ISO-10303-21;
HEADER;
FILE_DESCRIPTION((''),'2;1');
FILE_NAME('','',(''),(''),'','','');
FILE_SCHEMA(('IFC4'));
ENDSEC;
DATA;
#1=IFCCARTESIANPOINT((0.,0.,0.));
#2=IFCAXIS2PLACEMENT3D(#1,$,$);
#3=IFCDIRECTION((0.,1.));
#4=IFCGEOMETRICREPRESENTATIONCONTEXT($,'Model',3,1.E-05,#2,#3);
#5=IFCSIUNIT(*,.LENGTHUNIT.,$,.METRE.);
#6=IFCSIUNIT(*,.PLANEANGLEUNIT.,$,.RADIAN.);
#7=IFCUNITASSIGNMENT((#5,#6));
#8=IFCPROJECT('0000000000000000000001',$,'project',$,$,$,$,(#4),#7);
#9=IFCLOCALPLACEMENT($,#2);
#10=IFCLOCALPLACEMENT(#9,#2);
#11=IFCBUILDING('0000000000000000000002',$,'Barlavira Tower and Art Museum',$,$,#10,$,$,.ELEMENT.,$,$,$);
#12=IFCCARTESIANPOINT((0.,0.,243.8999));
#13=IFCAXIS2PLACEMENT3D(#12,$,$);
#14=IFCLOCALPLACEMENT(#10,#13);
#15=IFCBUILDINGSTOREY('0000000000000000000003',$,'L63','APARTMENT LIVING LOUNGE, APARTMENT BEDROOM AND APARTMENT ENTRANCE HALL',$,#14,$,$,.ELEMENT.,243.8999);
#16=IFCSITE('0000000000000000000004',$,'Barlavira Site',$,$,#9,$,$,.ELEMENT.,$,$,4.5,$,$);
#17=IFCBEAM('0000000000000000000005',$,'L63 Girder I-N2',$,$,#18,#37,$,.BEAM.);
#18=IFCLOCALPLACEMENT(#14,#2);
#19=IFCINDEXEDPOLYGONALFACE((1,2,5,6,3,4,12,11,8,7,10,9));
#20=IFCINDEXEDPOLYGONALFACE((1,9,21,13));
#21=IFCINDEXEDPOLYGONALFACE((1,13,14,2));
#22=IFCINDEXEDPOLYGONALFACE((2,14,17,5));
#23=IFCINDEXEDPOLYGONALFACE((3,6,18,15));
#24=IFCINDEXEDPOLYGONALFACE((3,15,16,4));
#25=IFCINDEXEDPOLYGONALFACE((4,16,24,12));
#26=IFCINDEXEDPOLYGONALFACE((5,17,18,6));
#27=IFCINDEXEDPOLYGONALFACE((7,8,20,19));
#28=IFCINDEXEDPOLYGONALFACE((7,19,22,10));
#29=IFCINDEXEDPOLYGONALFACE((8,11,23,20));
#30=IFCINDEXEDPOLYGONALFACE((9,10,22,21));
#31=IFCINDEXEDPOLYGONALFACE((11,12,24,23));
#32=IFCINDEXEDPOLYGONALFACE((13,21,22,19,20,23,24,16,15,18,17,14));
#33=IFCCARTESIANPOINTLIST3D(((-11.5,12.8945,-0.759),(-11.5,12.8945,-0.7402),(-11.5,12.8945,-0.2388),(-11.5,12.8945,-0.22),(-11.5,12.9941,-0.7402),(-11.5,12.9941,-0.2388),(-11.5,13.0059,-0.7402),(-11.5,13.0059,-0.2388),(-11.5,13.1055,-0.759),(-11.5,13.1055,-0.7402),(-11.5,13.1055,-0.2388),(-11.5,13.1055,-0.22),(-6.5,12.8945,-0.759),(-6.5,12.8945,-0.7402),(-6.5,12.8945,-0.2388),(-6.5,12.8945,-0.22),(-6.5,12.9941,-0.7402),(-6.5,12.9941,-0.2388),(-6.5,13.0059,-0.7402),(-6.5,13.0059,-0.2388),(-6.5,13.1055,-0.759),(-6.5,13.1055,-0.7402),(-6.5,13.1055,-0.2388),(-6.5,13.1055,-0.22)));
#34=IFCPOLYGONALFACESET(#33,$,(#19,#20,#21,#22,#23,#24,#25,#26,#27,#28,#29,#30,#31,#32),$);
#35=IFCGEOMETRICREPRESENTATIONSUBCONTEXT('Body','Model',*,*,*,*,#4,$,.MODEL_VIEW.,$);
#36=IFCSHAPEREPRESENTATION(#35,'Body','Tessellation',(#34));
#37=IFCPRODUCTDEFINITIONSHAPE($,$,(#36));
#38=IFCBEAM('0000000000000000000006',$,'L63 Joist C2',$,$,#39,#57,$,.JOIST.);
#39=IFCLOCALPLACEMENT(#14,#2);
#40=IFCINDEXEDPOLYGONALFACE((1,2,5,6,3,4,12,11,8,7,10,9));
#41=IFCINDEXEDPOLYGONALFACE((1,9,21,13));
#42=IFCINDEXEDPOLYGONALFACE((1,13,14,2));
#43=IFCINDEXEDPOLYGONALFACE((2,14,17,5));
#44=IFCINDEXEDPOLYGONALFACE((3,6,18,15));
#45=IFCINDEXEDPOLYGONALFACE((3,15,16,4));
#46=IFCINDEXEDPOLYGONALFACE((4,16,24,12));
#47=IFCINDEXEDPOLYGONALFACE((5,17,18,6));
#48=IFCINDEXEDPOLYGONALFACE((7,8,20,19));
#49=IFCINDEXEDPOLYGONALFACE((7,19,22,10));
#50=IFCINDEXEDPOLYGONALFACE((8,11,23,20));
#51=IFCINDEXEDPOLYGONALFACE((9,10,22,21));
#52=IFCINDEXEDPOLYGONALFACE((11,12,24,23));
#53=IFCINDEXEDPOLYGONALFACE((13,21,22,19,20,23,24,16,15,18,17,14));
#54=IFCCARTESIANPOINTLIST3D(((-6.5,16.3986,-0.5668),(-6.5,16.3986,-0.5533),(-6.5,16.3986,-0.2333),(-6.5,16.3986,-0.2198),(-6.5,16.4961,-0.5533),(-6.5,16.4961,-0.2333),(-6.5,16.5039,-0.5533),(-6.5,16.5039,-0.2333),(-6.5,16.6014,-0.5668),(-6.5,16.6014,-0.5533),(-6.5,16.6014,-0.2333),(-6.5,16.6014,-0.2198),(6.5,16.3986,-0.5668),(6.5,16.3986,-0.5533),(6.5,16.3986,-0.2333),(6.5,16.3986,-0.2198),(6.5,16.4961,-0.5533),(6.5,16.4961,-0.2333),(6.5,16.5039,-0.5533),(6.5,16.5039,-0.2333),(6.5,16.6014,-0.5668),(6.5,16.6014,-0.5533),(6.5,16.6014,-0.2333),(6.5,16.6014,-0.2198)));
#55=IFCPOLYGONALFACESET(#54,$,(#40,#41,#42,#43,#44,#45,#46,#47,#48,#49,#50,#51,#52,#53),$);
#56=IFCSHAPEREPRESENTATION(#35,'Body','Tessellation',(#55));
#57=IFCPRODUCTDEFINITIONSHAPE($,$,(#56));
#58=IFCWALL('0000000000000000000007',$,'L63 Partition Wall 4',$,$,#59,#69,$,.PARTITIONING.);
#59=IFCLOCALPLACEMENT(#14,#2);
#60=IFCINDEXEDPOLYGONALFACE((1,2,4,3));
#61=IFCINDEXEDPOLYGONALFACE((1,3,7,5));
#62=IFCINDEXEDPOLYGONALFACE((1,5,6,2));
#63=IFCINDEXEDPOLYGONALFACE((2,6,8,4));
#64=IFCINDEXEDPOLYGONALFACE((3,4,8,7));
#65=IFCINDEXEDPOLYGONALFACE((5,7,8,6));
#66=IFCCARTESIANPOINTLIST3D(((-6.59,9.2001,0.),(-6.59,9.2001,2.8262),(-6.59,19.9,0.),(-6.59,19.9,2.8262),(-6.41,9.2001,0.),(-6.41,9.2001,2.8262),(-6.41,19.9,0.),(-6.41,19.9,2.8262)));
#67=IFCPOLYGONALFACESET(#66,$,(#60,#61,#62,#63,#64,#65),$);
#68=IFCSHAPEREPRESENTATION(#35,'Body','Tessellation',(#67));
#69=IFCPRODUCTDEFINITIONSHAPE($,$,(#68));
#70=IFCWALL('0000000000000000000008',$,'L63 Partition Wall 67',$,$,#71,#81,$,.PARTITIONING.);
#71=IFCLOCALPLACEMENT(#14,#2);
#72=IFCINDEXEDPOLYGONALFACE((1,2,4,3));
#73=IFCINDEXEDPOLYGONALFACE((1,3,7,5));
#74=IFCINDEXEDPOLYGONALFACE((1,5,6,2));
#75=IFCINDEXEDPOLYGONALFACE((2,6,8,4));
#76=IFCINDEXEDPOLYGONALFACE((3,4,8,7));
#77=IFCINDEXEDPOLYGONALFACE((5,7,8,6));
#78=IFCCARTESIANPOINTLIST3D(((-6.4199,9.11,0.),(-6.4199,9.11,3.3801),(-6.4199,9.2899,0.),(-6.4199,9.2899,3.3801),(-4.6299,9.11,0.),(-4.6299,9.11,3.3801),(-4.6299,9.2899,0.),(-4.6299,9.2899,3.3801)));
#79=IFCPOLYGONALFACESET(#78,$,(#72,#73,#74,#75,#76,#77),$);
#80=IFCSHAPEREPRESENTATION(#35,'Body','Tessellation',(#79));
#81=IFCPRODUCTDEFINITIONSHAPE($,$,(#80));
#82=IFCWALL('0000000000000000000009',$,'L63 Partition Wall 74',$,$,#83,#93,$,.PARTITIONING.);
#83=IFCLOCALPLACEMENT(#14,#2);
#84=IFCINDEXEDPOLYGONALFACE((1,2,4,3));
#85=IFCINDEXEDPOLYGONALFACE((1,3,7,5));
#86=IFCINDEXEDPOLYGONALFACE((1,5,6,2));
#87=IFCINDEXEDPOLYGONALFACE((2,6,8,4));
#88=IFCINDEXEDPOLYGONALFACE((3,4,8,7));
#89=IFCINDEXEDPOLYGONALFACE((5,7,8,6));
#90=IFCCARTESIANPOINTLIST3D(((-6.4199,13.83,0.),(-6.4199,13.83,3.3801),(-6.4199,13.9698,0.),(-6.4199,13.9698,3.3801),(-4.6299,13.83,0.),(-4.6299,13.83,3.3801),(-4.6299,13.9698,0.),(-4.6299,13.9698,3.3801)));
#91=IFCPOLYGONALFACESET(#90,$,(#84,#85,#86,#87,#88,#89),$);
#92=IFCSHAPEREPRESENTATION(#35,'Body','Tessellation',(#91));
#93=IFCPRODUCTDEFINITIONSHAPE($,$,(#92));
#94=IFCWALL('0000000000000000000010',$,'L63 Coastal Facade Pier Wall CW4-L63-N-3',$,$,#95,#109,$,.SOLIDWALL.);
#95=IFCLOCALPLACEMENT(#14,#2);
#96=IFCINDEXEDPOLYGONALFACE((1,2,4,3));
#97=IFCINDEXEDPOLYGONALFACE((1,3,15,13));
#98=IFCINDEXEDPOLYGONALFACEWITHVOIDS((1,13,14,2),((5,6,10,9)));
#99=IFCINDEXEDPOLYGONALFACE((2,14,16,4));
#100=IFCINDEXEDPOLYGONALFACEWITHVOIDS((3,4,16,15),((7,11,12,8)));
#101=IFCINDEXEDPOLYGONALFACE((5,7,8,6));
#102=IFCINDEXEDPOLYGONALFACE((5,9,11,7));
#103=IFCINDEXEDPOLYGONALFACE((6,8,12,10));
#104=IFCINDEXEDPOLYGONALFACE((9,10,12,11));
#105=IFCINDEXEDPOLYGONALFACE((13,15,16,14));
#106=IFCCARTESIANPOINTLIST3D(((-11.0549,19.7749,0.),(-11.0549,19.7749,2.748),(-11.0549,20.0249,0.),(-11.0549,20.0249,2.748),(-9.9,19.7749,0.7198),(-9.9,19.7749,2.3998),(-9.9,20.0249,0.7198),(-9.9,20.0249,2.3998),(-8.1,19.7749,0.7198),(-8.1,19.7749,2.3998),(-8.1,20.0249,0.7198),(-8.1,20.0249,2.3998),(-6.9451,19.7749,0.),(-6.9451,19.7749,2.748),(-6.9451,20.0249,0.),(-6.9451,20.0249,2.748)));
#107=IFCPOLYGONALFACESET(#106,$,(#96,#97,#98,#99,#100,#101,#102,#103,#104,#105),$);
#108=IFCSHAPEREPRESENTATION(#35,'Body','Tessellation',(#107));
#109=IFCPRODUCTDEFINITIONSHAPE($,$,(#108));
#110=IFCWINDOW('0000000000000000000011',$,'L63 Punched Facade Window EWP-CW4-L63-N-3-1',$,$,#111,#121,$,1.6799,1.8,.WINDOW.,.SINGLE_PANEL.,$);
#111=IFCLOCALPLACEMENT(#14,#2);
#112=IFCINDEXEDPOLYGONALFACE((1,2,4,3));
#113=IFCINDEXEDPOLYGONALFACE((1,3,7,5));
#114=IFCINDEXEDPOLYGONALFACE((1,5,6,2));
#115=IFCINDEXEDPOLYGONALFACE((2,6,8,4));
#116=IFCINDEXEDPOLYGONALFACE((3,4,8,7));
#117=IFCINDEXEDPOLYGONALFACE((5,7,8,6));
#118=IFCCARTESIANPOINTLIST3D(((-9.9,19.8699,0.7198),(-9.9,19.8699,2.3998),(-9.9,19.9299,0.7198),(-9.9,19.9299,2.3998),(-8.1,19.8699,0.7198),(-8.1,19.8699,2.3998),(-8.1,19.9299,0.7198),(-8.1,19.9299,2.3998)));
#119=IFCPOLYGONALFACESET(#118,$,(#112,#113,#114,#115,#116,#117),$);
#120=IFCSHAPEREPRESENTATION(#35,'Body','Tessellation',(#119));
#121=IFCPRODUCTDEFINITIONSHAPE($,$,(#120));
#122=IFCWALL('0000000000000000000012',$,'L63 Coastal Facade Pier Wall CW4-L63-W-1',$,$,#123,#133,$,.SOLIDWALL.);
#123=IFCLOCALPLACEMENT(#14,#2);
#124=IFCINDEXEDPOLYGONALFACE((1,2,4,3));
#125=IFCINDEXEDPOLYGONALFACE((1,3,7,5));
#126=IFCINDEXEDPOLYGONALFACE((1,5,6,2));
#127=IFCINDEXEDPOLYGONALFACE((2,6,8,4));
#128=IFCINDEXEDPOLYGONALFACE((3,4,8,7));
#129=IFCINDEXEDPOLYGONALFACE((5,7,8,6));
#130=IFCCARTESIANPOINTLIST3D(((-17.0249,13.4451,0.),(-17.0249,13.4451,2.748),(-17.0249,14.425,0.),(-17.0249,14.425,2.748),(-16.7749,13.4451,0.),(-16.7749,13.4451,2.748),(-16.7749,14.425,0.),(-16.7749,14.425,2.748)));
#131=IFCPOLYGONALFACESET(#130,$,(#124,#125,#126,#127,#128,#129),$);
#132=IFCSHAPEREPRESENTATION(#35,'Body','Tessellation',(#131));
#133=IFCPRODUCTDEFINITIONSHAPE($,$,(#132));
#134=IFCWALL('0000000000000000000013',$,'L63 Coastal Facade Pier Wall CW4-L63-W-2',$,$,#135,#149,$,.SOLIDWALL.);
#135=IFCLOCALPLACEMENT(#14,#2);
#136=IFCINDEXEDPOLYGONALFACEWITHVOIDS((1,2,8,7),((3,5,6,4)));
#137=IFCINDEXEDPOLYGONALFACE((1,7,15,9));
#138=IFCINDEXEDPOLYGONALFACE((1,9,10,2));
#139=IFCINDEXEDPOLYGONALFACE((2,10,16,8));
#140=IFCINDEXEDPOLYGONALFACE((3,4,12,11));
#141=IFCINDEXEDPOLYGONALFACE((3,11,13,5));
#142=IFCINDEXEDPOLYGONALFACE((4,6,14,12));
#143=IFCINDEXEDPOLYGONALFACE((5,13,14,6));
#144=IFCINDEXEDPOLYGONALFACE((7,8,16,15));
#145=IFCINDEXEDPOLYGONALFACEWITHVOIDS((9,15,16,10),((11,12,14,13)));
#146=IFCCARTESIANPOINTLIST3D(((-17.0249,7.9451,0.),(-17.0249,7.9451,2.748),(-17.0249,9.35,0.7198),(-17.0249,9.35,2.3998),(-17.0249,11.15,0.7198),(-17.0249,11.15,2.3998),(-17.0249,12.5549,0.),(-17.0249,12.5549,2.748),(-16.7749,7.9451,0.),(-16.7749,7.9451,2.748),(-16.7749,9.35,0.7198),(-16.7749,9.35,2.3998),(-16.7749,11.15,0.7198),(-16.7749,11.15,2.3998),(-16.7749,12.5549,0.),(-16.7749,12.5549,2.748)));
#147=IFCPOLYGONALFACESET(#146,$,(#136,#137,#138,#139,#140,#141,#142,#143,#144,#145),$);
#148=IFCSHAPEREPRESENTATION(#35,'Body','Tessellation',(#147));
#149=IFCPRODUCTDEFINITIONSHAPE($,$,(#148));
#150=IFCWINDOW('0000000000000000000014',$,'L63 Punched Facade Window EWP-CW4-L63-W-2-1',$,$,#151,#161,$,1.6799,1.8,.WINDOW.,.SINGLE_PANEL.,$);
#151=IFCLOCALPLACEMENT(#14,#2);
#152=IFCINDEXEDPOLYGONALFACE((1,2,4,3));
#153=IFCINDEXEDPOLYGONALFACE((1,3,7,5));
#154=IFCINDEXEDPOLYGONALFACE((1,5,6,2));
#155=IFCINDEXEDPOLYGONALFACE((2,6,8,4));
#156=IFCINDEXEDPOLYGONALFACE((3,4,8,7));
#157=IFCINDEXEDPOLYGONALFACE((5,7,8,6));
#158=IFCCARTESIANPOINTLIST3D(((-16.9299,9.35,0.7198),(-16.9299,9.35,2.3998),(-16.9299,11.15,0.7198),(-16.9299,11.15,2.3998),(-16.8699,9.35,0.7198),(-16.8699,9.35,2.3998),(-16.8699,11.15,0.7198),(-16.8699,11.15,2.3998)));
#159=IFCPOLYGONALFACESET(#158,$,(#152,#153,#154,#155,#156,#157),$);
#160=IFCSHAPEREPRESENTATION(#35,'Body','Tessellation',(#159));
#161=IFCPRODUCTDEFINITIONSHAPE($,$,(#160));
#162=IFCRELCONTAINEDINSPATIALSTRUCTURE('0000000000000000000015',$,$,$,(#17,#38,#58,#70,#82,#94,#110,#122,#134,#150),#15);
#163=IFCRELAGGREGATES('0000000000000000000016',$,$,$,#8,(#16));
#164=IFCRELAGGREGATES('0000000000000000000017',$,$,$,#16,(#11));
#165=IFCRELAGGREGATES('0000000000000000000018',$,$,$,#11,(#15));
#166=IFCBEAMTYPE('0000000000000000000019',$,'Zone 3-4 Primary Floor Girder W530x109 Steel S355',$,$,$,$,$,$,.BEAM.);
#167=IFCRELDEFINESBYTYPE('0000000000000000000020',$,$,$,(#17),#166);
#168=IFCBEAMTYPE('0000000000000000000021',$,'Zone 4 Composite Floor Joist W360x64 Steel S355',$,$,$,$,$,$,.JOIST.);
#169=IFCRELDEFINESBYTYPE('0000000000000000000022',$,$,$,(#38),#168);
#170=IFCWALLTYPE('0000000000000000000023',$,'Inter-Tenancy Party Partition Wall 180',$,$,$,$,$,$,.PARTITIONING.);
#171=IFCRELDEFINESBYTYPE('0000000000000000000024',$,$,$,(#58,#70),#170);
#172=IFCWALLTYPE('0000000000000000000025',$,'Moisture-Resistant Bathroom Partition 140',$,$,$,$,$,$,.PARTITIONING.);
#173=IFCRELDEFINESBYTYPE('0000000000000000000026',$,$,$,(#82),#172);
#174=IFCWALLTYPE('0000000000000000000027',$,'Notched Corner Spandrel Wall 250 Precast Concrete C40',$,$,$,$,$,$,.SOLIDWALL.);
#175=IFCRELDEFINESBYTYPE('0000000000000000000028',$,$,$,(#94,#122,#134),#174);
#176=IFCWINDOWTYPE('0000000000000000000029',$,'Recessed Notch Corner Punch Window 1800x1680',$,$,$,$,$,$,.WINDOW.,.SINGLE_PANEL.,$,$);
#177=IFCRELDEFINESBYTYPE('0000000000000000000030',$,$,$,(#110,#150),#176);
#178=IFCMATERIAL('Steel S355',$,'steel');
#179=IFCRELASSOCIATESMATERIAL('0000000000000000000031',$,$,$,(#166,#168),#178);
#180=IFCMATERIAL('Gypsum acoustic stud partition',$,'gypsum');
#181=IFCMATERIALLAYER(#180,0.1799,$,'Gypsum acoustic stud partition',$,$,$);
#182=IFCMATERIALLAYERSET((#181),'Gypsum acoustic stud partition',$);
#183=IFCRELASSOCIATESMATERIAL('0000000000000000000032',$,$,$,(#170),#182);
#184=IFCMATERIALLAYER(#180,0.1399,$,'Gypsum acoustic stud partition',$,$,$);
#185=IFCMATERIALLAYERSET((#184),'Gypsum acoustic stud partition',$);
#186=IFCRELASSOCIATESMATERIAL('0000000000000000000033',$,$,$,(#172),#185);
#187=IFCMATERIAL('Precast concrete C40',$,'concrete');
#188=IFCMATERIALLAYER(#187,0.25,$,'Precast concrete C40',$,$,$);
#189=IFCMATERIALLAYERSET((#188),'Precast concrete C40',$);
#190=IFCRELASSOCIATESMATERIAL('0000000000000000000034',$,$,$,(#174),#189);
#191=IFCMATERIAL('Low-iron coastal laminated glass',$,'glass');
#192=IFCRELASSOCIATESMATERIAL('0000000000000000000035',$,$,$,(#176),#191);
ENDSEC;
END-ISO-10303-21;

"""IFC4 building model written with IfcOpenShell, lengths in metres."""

from ifc_helpers import new_model, si_unit, direction, frame, frame_2d, origin, origin_2d, place, context, subcontext, project, spatial, rectangle, i_section, extrude, material, layer, layer_set, material_profile, profile_set, type_object, element, fill, save


model = new_model("IFC4")

# Units and contexts
model_context = context("Model", 3, precision=1e-05, world=origin(), true_north=direction((0.0, 1.0)))
body_context = subcontext(model_context, "Body", "Model", "MODEL_VIEW")
ifc_project = project(units=[si_unit("LENGTHUNIT", "METRE"), si_unit("PLANEANGLEUNIT", "RADIAN")], contexts=[model_context])

# Site, building, storey
site_placement = place(None, origin())
site = spatial("IfcSite", under=ifc_project, at=site_placement, Name="Barlavira Site", CompositionType="ELEMENT", RefElevation=4.5)
building_placement = place(site_placement, origin())
building = spatial("IfcBuilding", under=site, at=building_placement, Name="Barlavira Tower and Art Museum", CompositionType="ELEMENT")
storey_placement = place(building_placement, frame((0.0, 0.0, 243.8999)))
storey = spatial("IfcBuildingStorey", under=building, at=storey_placement, Name="L63", Description="APARTMENT LIVING LOUNGE, APARTMENT BEDROOM AND APARTMENT ENTRANCE HALL", CompositionType="ELEMENT", Elevation=243.8999)

# Shared definitions
ifc_material_1 = material(Name="Low-iron coastal laminated glass", Category="glass")

# Beams
ifc_material_2 = material(Name="Steel S355", Category="steel")
ifc_material_profile_1 = material_profile(ifc_material_2, i_section(OverallWidth=0.2109, OverallDepth=0.5391, WebThickness=0.0117, FlangeThickness=0.0188, at=origin_2d()), Name="W530x109.0")
ifc_profile_set_1 = profile_set([ifc_material_profile_1], Name="Steel S355")
beam_type_1 = type_object("IfcBeamType", Name="Zone 3-4 Primary Floor Girder W530x109 Steel S355", PredefinedType="BEAM", material=ifc_profile_set_1)
beam_1_placement = place(storey_placement, frame((-11.5, 13.0, -0.4895), z_axis=(1.0, 0.0, 0.0), x_axis=(0.0, 1.0, 0.0)))
element("IfcBeam", 1, at=beam_1_placement, inside=storey, type_object=beam_type_1, Name="L63 Girder I-N2", PredefinedType="BEAM", context=body_context, shape_type="SweptSolid", body=[
    extrude(i_section(OverallWidth=0.2109, OverallDepth=0.5391, WebThickness=0.0117, FlangeThickness=0.0188, at=origin_2d()), origin(), (0.0, 0.0, 1.0), 5.0),
])
ifc_material_profile_2 = material_profile(ifc_material_2, i_section(OverallWidth=0.2029, OverallDepth=0.3469, WebThickness=0.0078, FlangeThickness=0.0134, at=origin_2d()), Name="W360x64.0")
ifc_profile_set_2 = profile_set([ifc_material_profile_2], Name="Steel S355")
beam_type_2 = type_object("IfcBeamType", Name="Zone 4 Composite Floor Joist W360x64 Steel S355", PredefinedType="JOIST", material=ifc_profile_set_2)
beam_2_placement = place(storey_placement, frame((-6.5, 16.5, -0.3933), z_axis=(1.0, 0.0, 0.0), x_axis=(0.0, 1.0, 0.0)))
element("IfcBeam", 2, at=beam_2_placement, inside=storey, type_object=beam_type_2, Name="L63 Joist C2", PredefinedType="JOIST", context=body_context, shape_type="SweptSolid", body=[
    extrude(i_section(OverallWidth=0.2029, OverallDepth=0.3469, WebThickness=0.0078, FlangeThickness=0.0134, at=origin_2d()), origin(), (0.0, 0.0, 1.0), 13.0),
])

# Walls
ifc_material_3 = material(Name="Gypsum acoustic stud partition", Category="gypsum")
ifc_layer_1 = layer(ifc_material_3, 0.1799, Name="Gypsum acoustic stud partition")
ifc_layer_set_1 = layer_set([ifc_layer_1], Name="Gypsum acoustic stud partition")
wall_type_1 = type_object("IfcWallType", Name="Inter-Tenancy Party Partition Wall 180", PredefinedType="PARTITIONING", material=ifc_layer_set_1)
wall_1_placement = place(storey_placement, frame((-6.5, 9.2, 0.0), z_axis=(0.0, 0.0, 1.0), x_axis=(0.0, 1.0, 0.0)))
element("IfcWall", 3, at=wall_1_placement, inside=storey, type_object=wall_type_1, Name="L63 Partition Wall 4", PredefinedType="PARTITIONING", context=body_context, shape_type="SweptSolid", body=[
    extrude(rectangle(XDim=10.7, YDim=0.1799, at=frame_2d((5.3501, 0.0))), origin(), (0.0, 0.0, 1.0), 2.8262),
])
wall_2_placement = place(storey_placement, frame((-6.4199, 9.2, 0.0), z_axis=(0.0, 0.0, 1.0), x_axis=(1.0, 0.0, 0.0)))
element("IfcWall", 4, at=wall_2_placement, inside=storey, type_object=wall_type_1, Name="L63 Partition Wall 67", PredefinedType="PARTITIONING", context=body_context, shape_type="SweptSolid", body=[
    extrude(rectangle(XDim=1.79, YDim=0.1799, at=frame_2d((0.895, 0.0))), origin(), (0.0, 0.0, 1.0), 3.3801),
])
ifc_layer_2 = layer(ifc_material_3, 0.1399, Name="Gypsum acoustic stud partition")
ifc_layer_set_2 = layer_set([ifc_layer_2], Name="Gypsum acoustic stud partition")
wall_type_2 = type_object("IfcWallType", Name="Moisture-Resistant Bathroom Partition 140", PredefinedType="PARTITIONING", material=ifc_layer_set_2)
wall_3_placement = place(storey_placement, frame((-6.4199, 13.8999, 0.0), z_axis=(0.0, 0.0, 1.0), x_axis=(1.0, 0.0, 0.0)))
element("IfcWall", 5, at=wall_3_placement, inside=storey, type_object=wall_type_2, Name="L63 Partition Wall 74", PredefinedType="PARTITIONING", context=body_context, shape_type="SweptSolid", body=[
    extrude(rectangle(XDim=1.79, YDim=0.1399, at=frame_2d((0.895, 0.0))), origin(), (0.0, 0.0, 1.0), 3.3801),
])

# Wall, opening, window
ifc_material_4 = material(Name="Precast concrete C40", Category="concrete")
ifc_layer_3 = layer(ifc_material_4, 0.25, Name="Precast concrete C40")
ifc_layer_set_3 = layer_set([ifc_layer_3], Name="Precast concrete C40")
wall_type_3 = type_object("IfcWallType", Name="Notched Corner Spandrel Wall 250 Precast Concrete C40", PredefinedType="SOLIDWALL", material=ifc_layer_set_3)
wall_4_placement = place(storey_placement, frame((-6.9451, 19.8999, 0.0), z_axis=(0.0, 0.0, 1.0), x_axis=(-1.0, 0.0, 0.0)))
wall_4 = element("IfcWall", 6, at=wall_4_placement, inside=storey, type_object=wall_type_3, Name="L63 Coastal Facade Pier Wall CW4-L63-N-3", PredefinedType="SOLIDWALL", context=body_context, shape_type="SweptSolid", body=[
    extrude(rectangle(XDim=4.1099, YDim=0.25, at=frame_2d((2.0549, 0.0))), origin(), (0.0, 0.0, 1.0), 2.748),
])
opening_1_placement = place(wall_4_placement, frame((1.155, 0.0, 0.72)))
opening_1 = element("IfcOpeningElement", 7, at=opening_1_placement, cuts=wall_4, PredefinedType="OPENING", context=body_context, shape_type="SweptSolid", body=[
    extrude(rectangle(XDim=1.8, YDim=1.6799, at=frame_2d((0.8999, 0.8398))), frame((0.0, 0.135, 0.0), z_axis=(0.0, -1.0, 0.0), x_axis=(1.0, 0.0, 0.0)), (0.0, 0.0, 1.0), 0.27),
])
window_type = type_object("IfcWindowType", Name="Recessed Notch Corner Punch Window 1800x1680", PartitioningType="SINGLE_PANEL", PredefinedType="WINDOW", material=ifc_material_1)
window_1_placement = place(opening_1_placement, origin())
window_1 = element("IfcWindow", 8, at=window_1_placement, inside=storey, type_object=window_type, Name="L63 Punched Facade Window EWP-CW4-L63-N-3-1", OverallHeight=1.6799, OverallWidth=1.8, PartitioningType="SINGLE_PANEL", PredefinedType="WINDOW", context=body_context, shape_type="SweptSolid", body=[
    extrude(rectangle(XDim=1.8, YDim=1.6799, at=frame_2d((0.8999, 0.8398))), frame((0.0, 0.03, 0.0), z_axis=(0.0, -1.0, 0.0), x_axis=(1.0, 0.0, 0.0)), (0.0, 0.0, 1.0), 0.0601),
])
fill(opening_1, window_1)

# Wall
wall_5_placement = place(storey_placement, frame((-16.8999, 14.425, 0.0), z_axis=(0.0, 0.0, 1.0), x_axis=(0.0, -1.0, 0.0)))
element("IfcWall", 9, at=wall_5_placement, inside=storey, type_object=wall_type_3, Name="L63 Coastal Facade Pier Wall CW4-L63-W-1", PredefinedType="SOLIDWALL", context=body_context, shape_type="SweptSolid", body=[
    extrude(rectangle(XDim=0.98, YDim=0.25, at=frame_2d((0.49, 0.0))), origin(), (0.0, 0.0, 1.0), 2.748),
])

# Wall, opening, window
wall_6_placement = place(storey_placement, frame((-16.8999, 12.5549, 0.0), z_axis=(0.0, 0.0, 1.0), x_axis=(0.0, -1.0, 0.0)))
wall_6 = element("IfcWall", 10, at=wall_6_placement, inside=storey, type_object=wall_type_3, Name="L63 Coastal Facade Pier Wall CW4-L63-W-2", PredefinedType="SOLIDWALL", context=body_context, shape_type="SweptSolid", body=[
    extrude(rectangle(XDim=4.6099, YDim=0.25, at=frame_2d((2.3049, 0.0))), origin(), (0.0, 0.0, 1.0), 2.748),
])
opening_2_placement = place(wall_6_placement, frame((1.405, 0.0, 0.72)))
opening_2 = element("IfcOpeningElement", 11, at=opening_2_placement, cuts=wall_6, PredefinedType="OPENING", context=body_context, shape_type="SweptSolid", body=[
    extrude(rectangle(XDim=1.8, YDim=1.6799, at=frame_2d((0.8999, 0.8398))), frame((0.0, 0.135, 0.0), z_axis=(0.0, -1.0, 0.0), x_axis=(1.0, 0.0, 0.0)), (0.0, 0.0, 1.0), 0.27),
])
window_2_placement = place(opening_2_placement, origin())
window_2 = element("IfcWindow", 12, at=window_2_placement, inside=storey, type_object=window_type, Name="L63 Punched Facade Window EWP-CW4-L63-W-2-1", OverallHeight=1.6799, OverallWidth=1.8, PartitioningType="SINGLE_PANEL", PredefinedType="WINDOW", context=body_context, shape_type="SweptSolid", body=[
    extrude(rectangle(XDim=1.8, YDim=1.6799, at=frame_2d((0.8999, 0.8398))), frame((0.0, 0.03, 0.0), z_axis=(0.0, -1.0, 0.0), x_axis=(1.0, 0.0, 0.0)), (0.0, 0.0, 1.0), 0.0601),
])
fill(opening_2, window_2)

save(model, "model.ifc")
